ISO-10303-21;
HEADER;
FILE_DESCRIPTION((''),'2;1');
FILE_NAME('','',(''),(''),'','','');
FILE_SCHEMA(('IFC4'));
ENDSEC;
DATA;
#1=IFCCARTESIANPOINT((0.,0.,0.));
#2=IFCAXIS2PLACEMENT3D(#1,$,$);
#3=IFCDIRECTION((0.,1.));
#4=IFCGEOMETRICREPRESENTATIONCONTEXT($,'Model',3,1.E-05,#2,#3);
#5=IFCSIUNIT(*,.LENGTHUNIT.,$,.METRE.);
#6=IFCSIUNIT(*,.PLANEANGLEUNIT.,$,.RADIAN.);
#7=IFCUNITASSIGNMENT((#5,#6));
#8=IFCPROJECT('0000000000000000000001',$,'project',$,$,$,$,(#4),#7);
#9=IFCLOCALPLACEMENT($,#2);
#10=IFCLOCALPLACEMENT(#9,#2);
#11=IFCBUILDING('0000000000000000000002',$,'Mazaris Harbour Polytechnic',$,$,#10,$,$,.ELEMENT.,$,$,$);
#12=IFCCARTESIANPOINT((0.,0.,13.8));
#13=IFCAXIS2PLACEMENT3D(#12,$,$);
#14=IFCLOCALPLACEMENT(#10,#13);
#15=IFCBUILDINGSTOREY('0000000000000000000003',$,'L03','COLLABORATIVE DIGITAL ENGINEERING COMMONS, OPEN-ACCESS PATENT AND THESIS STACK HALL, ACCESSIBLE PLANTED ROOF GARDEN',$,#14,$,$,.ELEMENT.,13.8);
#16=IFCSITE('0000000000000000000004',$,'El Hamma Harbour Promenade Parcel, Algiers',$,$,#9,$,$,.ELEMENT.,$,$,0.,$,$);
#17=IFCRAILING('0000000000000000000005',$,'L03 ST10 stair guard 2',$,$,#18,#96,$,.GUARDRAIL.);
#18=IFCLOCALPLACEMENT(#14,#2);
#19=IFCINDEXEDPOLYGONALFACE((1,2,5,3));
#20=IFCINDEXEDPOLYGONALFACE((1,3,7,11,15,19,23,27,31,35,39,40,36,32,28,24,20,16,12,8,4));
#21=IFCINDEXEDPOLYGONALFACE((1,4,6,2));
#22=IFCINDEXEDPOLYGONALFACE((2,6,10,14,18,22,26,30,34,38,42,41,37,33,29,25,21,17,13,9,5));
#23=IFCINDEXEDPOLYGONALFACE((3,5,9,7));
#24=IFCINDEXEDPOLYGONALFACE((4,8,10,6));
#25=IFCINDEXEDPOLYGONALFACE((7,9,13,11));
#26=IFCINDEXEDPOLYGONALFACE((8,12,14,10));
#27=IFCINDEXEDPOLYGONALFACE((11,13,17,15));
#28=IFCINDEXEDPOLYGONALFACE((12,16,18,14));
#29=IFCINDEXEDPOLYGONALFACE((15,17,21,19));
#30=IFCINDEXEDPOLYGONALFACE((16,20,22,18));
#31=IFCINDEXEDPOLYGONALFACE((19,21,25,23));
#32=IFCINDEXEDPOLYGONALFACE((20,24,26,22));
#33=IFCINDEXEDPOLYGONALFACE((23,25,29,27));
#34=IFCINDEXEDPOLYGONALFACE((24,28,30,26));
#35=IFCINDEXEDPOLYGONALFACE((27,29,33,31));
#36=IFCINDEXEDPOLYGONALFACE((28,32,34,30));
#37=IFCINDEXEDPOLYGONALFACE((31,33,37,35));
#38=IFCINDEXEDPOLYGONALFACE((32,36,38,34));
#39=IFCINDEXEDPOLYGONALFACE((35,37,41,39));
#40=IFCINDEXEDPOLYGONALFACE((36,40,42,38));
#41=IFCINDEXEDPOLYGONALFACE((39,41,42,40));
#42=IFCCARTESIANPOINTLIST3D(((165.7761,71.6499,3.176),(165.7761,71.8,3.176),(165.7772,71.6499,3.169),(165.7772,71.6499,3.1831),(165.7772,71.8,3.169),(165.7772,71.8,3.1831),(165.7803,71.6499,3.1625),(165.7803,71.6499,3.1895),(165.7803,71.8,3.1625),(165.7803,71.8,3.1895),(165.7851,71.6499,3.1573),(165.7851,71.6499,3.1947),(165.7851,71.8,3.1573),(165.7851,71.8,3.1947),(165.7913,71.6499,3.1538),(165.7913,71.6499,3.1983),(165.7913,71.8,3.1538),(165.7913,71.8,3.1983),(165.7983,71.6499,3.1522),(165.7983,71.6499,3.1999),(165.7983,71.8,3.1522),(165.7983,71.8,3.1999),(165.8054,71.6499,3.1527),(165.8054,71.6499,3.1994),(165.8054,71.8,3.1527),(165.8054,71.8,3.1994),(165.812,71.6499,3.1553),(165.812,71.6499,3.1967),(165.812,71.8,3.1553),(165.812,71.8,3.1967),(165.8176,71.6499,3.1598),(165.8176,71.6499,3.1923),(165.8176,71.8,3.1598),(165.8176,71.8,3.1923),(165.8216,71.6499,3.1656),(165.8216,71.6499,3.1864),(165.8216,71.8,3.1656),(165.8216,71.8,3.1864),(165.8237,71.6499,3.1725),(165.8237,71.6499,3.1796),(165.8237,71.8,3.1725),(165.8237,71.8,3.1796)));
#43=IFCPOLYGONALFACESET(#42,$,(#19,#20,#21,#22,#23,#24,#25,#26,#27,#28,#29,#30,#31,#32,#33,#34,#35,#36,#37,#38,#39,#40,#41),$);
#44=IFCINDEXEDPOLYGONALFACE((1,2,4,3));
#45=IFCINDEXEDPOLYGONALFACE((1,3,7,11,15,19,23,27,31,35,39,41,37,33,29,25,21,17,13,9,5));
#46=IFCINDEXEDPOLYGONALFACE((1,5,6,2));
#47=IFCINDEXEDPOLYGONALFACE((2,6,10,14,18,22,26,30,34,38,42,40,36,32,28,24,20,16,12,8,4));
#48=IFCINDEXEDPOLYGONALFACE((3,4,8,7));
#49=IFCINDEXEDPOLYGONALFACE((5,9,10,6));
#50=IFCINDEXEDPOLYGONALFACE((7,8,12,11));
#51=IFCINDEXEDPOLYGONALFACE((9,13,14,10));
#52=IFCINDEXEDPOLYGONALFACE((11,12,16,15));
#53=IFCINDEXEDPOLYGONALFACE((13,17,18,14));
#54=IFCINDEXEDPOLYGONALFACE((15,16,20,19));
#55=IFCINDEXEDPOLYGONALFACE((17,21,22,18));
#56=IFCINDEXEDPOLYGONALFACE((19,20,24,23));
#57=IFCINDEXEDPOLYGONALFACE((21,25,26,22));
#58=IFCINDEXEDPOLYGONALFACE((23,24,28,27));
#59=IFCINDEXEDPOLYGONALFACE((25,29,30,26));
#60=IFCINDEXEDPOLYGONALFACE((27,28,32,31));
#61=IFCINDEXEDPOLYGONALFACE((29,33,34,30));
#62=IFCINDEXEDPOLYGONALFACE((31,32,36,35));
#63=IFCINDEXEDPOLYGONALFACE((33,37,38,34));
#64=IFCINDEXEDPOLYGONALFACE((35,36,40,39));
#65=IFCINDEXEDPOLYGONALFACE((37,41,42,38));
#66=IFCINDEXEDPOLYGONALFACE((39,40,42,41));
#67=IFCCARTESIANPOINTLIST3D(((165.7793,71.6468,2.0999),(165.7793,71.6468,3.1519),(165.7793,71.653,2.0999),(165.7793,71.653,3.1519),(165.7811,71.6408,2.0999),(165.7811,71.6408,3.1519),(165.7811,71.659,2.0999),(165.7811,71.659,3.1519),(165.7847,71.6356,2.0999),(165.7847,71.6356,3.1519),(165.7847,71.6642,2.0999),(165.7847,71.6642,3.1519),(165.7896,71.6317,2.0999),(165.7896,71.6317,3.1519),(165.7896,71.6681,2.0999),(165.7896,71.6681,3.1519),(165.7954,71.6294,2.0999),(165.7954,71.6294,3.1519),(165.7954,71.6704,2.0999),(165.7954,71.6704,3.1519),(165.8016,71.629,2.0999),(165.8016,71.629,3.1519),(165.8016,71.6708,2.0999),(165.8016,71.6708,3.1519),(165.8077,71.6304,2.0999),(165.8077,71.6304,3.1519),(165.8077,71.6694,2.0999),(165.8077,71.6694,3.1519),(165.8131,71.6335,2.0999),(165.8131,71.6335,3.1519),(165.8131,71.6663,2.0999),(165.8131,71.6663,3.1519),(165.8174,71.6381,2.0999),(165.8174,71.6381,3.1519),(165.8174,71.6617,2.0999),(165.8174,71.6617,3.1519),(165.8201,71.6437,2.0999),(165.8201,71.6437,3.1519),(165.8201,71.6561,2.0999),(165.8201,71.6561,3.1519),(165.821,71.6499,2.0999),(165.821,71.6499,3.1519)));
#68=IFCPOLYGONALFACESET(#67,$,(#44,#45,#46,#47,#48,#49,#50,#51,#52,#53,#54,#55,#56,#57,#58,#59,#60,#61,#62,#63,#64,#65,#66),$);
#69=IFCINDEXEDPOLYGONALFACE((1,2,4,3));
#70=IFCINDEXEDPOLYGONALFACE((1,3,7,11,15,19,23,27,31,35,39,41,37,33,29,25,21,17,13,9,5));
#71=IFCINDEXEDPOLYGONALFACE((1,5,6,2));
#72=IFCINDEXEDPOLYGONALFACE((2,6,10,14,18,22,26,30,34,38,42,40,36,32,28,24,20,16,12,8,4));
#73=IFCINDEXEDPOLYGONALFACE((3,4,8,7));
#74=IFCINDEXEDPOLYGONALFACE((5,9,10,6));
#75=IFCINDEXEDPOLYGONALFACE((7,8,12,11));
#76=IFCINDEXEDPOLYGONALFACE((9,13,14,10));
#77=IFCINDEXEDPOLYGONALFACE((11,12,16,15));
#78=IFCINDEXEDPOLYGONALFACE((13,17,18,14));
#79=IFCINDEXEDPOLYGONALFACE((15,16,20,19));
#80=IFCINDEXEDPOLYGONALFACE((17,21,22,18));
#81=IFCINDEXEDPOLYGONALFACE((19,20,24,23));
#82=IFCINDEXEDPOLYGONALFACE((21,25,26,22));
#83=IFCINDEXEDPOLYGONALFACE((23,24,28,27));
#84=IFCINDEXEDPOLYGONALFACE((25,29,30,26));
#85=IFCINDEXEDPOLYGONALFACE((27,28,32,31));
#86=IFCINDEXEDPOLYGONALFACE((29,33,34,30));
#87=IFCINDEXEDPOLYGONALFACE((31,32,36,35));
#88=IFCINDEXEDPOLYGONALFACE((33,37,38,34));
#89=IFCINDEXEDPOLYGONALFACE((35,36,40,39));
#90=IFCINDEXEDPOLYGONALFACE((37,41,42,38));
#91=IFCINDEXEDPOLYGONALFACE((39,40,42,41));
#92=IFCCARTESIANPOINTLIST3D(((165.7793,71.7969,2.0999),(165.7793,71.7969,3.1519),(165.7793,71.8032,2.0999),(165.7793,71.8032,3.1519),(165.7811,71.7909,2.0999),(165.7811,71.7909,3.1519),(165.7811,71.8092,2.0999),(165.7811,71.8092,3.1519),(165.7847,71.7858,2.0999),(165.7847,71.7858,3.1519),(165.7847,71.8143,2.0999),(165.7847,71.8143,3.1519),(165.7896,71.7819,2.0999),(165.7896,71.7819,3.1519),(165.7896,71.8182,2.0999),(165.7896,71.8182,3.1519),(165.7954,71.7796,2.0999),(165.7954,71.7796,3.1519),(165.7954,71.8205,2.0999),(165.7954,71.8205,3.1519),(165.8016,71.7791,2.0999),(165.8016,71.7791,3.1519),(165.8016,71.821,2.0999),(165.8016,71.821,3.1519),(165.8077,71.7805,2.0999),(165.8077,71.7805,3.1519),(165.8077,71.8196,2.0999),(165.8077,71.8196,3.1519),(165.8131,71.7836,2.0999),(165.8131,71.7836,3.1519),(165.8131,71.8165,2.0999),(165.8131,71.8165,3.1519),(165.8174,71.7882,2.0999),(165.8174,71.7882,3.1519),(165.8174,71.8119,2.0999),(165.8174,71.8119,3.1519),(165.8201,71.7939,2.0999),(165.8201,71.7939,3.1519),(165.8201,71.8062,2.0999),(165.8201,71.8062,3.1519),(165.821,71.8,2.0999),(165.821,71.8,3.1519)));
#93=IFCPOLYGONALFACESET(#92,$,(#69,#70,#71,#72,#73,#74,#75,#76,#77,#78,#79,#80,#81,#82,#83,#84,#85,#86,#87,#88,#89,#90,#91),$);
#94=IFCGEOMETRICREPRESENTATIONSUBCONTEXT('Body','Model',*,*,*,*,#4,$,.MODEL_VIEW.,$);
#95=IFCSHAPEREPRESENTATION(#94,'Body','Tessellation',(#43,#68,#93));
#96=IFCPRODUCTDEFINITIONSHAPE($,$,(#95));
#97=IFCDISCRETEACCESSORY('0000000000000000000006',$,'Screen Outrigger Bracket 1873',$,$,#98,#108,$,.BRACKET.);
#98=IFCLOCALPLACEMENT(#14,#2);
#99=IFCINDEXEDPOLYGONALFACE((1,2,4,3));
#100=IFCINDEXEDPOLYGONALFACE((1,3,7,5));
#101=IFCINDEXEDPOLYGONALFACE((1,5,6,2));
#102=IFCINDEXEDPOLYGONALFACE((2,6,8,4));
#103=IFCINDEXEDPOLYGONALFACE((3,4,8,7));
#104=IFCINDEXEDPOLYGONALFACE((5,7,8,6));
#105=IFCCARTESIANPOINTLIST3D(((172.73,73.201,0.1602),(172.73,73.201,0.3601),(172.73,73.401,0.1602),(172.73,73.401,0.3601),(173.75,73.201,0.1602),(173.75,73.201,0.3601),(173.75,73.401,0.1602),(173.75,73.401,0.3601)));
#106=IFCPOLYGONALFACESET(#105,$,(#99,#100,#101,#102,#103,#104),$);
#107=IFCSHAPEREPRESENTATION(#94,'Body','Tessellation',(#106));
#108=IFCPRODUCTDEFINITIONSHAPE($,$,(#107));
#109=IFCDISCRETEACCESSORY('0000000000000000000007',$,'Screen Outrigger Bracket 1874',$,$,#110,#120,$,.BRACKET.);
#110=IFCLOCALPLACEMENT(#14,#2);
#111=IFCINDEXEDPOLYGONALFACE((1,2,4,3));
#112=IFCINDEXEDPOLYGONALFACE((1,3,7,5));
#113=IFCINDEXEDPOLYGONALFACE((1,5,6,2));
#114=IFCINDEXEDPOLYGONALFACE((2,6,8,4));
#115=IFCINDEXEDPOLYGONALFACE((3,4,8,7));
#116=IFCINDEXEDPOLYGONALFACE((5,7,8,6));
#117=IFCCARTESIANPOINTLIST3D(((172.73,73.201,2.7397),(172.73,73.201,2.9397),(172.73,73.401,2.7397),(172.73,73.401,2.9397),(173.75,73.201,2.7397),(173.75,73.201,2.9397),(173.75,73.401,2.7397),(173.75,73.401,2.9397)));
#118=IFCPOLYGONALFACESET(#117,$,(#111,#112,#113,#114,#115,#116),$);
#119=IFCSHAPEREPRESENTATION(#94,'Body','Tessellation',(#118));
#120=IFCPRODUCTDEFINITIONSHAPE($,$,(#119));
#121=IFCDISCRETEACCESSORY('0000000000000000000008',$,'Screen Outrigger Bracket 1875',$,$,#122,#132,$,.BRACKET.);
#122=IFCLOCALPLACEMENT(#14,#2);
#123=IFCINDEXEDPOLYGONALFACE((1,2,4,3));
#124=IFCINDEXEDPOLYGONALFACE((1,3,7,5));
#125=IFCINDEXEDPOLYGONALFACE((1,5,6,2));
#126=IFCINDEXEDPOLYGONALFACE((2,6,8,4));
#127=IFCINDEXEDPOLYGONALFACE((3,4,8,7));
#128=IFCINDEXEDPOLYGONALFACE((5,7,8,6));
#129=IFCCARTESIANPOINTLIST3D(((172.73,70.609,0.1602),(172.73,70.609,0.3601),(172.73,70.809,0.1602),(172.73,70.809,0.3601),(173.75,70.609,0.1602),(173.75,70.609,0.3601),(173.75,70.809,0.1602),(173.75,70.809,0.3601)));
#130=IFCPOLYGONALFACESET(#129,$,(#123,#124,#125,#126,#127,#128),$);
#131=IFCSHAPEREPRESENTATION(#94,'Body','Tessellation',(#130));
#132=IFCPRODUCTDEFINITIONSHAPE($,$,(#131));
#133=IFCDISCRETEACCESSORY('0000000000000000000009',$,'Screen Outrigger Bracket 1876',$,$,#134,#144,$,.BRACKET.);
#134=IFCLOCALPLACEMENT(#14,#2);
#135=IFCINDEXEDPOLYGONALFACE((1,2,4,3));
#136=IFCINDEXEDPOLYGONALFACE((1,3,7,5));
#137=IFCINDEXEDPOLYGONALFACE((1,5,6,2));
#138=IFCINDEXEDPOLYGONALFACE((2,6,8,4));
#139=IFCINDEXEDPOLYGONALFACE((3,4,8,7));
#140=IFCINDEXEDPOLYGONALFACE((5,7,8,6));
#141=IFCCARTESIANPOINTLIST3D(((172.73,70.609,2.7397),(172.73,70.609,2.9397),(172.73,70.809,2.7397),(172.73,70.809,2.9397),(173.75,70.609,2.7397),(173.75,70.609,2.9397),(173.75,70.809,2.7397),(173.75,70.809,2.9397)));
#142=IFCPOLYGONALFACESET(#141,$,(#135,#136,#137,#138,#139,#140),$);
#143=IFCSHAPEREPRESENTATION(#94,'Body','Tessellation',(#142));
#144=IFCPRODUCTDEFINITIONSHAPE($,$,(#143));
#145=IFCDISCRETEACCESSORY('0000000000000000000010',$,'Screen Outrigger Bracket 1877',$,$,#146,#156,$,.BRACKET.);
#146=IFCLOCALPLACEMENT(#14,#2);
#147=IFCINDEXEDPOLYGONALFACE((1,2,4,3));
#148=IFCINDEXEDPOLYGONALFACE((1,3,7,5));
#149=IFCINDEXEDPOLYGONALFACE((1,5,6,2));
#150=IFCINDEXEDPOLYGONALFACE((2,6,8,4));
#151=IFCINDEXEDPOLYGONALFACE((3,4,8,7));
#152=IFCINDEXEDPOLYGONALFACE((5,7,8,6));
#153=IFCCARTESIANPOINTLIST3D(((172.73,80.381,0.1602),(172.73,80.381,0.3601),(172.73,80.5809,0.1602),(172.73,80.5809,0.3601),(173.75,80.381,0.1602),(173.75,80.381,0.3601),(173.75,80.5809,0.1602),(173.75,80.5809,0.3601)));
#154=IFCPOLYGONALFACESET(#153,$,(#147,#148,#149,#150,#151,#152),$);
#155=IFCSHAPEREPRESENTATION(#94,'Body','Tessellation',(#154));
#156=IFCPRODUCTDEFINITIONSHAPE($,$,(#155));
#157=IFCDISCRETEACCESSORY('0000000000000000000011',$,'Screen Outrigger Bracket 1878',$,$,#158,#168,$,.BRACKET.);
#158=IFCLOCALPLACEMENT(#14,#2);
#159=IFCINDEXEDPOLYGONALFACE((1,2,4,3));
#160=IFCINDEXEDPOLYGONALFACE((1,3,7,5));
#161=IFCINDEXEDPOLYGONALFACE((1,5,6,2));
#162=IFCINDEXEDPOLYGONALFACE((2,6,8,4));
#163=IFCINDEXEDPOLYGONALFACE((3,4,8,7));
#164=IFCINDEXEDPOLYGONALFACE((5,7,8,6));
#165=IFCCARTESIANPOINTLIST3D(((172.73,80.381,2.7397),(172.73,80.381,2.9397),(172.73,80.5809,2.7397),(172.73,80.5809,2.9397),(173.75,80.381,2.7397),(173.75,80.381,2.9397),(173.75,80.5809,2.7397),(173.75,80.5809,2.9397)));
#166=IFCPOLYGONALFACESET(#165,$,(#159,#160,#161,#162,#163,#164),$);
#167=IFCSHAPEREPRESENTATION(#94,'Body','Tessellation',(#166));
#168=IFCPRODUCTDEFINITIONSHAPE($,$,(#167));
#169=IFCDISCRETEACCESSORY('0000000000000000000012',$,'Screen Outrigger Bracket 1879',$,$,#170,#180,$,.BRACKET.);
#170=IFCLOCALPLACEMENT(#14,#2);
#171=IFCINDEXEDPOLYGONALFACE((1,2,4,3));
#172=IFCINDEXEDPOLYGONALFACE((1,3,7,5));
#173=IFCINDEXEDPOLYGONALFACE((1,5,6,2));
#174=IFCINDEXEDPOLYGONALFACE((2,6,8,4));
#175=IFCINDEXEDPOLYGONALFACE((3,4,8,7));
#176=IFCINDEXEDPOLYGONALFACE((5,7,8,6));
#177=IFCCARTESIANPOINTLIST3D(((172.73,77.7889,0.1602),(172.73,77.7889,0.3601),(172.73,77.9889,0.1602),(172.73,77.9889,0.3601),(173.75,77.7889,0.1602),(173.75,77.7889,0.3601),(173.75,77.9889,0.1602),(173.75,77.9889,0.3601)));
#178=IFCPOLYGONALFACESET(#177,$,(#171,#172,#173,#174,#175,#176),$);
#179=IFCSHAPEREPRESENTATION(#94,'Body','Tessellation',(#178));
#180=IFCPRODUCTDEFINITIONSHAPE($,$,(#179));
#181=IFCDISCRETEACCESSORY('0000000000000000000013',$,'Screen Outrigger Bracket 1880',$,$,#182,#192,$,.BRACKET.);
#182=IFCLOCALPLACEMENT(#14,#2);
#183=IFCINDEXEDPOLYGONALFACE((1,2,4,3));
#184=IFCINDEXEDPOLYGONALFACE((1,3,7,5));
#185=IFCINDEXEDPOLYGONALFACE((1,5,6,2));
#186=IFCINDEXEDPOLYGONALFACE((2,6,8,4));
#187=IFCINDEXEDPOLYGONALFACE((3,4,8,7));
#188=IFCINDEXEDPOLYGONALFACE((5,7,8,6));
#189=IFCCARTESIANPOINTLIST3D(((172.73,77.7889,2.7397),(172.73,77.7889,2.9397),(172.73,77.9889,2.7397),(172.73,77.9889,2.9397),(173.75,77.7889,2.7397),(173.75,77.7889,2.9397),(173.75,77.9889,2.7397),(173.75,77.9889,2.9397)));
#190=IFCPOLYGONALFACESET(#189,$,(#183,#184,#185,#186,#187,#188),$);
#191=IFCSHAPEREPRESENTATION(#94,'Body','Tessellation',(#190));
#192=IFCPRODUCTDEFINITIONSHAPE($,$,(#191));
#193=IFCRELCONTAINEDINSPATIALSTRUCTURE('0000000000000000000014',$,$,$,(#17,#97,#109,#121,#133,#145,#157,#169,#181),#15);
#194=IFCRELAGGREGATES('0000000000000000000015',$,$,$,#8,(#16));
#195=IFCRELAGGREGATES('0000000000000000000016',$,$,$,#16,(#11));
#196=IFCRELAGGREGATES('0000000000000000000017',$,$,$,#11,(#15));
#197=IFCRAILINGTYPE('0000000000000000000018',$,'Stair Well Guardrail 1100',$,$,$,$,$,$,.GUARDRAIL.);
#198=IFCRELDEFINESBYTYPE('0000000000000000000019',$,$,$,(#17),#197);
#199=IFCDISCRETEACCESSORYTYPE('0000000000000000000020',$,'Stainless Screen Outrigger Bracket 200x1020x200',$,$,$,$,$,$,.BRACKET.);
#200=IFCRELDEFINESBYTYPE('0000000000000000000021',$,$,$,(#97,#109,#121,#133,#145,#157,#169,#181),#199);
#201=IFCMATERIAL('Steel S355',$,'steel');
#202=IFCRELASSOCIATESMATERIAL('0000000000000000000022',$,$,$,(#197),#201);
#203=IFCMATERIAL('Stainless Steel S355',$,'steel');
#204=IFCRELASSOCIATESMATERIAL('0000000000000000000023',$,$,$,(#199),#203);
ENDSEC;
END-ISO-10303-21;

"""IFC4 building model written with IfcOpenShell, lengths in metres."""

from ifc_helpers import new_model, si_unit, direction, frame, origin, origin_2d, place, context, subcontext, project, spatial, rectangle, circle, extrude, material, type_object, element, save


model = new_model("IFC4")

# Units and contexts
model_context = context("Model", 3, precision=1e-05, world=origin(), true_north=direction((0.0, 1.0)))
body_context = subcontext(model_context, "Body", "Model", "MODEL_VIEW")
ifc_project = project(units=[si_unit("LENGTHUNIT", "METRE"), si_unit("PLANEANGLEUNIT", "RADIAN")], contexts=[model_context])

# Site, building, storey
site_placement = place(None, origin())
site = spatial("IfcSite", under=ifc_project, at=site_placement, Name="El Hamma Harbour Promenade Parcel, Algiers", CompositionType="ELEMENT", RefElevation=0.0)
building_placement = place(site_placement, origin())
building = spatial("IfcBuilding", under=site, at=building_placement, Name="Mazaris Harbour Polytechnic", CompositionType="ELEMENT")
storey_placement = place(building_placement, frame((0.0, 0.0, 13.8)))
storey = spatial("IfcBuildingStorey", under=building, at=storey_placement, Name="L03", Description="COLLABORATIVE DIGITAL ENGINEERING COMMONS, OPEN-ACCESS PATENT AND THESIS STACK HALL, ACCESSIBLE PLANTED ROOF GARDEN", CompositionType="ELEMENT", Elevation=13.8)

# Railing
ifc_material_1 = material(Name="Steel S355", Category="steel")
railing_type_1 = type_object("IfcRailingType", Name="Stair Well Guardrail 1100", PredefinedType="GUARDRAIL", material=ifc_material_1)
railing_placement = place(storey_placement, frame((165.8, 71.6499, 2.0999)))
element("IfcRailing", 1, at=railing_placement, inside=storey, type_object=railing_type_1, Name="L03 ST10 stair guard 2", PredefinedType="GUARDRAIL", context=body_context, shape_type="SweptSolid", body=[
    extrude(circle(Radius=0.0239, at=origin_2d()), frame((0.0, 0.0, 1.0762), z_axis=(0.0, 1.0, 0.0), x_axis=(-1.0, 0.0, 0.0)), (0.0, 0.0, 1.0), 0.1501),
    extrude(circle(Radius=0.021, at=origin_2d()), origin(), (0.0, 0.0, 1.0), 1.052),
    extrude(circle(Radius=0.021, at=origin_2d()), frame((0.0, 0.1501, 0.0)), (0.0, 0.0, 1.0), 1.052),
])

# Discrete accessories
ifc_material_2 = material(Name="Stainless Steel S355", Category="steel")
discrete_accessory_type = type_object("IfcDiscreteAccessoryType", Name="Stainless Screen Outrigger Bracket 200x1020x200", PredefinedType="BRACKET", material=ifc_material_2)
for number, where, z_axis, x_axis, name in (
    (2, (173.24, 73.301, 0.1602), (0.0, 0.0, 1.0), (0.0, -1.0, 0.0), "Screen Outrigger Bracket 1873"),
    (3, (173.24, 73.301, 2.7397), (0.0, 0.0, 1.0), (0.0, -1.0, 0.0), "Screen Outrigger Bracket 1874"),
    (4, (173.24, 70.709, 0.1602), (0.0, 0.0, 1.0), (0.0, -1.0, 0.0), "Screen Outrigger Bracket 1875"),
    (5, (173.24, 70.709, 2.7397), (0.0, 0.0, 1.0), (0.0, -1.0, 0.0), "Screen Outrigger Bracket 1876"),
    (6, (173.24, 80.481, 0.1602), (0.0, 0.0, 1.0), (0.0, -1.0, 0.0), "Screen Outrigger Bracket 1877"),
    (7, (173.24, 80.481, 2.7397), (0.0, 0.0, 1.0), (0.0, -1.0, 0.0), "Screen Outrigger Bracket 1878"),
    (8, (173.24, 77.8889, 0.1602), (0.0, 0.0, 1.0), (0.0, -1.0, 0.0), "Screen Outrigger Bracket 1879"),
    (9, (173.24, 77.8889, 2.7397), (0.0, 0.0, 1.0), (0.0, -1.0, 0.0), "Screen Outrigger Bracket 1880"),
):
    element("IfcDiscreteAccessory", number, at=place(storey_placement, frame(where, z_axis=z_axis, x_axis=x_axis)), inside=storey, type_object=discrete_accessory_type, Name=name, PredefinedType="BRACKET", context=body_context, shape_type="SweptSolid", body=[
        extrude(rectangle(XDim=0.2, YDim=1.02, at=origin_2d()), origin(), (0.0, 0.0, 1.0), 0.2),
    ])

save(model, "model.ifc")
